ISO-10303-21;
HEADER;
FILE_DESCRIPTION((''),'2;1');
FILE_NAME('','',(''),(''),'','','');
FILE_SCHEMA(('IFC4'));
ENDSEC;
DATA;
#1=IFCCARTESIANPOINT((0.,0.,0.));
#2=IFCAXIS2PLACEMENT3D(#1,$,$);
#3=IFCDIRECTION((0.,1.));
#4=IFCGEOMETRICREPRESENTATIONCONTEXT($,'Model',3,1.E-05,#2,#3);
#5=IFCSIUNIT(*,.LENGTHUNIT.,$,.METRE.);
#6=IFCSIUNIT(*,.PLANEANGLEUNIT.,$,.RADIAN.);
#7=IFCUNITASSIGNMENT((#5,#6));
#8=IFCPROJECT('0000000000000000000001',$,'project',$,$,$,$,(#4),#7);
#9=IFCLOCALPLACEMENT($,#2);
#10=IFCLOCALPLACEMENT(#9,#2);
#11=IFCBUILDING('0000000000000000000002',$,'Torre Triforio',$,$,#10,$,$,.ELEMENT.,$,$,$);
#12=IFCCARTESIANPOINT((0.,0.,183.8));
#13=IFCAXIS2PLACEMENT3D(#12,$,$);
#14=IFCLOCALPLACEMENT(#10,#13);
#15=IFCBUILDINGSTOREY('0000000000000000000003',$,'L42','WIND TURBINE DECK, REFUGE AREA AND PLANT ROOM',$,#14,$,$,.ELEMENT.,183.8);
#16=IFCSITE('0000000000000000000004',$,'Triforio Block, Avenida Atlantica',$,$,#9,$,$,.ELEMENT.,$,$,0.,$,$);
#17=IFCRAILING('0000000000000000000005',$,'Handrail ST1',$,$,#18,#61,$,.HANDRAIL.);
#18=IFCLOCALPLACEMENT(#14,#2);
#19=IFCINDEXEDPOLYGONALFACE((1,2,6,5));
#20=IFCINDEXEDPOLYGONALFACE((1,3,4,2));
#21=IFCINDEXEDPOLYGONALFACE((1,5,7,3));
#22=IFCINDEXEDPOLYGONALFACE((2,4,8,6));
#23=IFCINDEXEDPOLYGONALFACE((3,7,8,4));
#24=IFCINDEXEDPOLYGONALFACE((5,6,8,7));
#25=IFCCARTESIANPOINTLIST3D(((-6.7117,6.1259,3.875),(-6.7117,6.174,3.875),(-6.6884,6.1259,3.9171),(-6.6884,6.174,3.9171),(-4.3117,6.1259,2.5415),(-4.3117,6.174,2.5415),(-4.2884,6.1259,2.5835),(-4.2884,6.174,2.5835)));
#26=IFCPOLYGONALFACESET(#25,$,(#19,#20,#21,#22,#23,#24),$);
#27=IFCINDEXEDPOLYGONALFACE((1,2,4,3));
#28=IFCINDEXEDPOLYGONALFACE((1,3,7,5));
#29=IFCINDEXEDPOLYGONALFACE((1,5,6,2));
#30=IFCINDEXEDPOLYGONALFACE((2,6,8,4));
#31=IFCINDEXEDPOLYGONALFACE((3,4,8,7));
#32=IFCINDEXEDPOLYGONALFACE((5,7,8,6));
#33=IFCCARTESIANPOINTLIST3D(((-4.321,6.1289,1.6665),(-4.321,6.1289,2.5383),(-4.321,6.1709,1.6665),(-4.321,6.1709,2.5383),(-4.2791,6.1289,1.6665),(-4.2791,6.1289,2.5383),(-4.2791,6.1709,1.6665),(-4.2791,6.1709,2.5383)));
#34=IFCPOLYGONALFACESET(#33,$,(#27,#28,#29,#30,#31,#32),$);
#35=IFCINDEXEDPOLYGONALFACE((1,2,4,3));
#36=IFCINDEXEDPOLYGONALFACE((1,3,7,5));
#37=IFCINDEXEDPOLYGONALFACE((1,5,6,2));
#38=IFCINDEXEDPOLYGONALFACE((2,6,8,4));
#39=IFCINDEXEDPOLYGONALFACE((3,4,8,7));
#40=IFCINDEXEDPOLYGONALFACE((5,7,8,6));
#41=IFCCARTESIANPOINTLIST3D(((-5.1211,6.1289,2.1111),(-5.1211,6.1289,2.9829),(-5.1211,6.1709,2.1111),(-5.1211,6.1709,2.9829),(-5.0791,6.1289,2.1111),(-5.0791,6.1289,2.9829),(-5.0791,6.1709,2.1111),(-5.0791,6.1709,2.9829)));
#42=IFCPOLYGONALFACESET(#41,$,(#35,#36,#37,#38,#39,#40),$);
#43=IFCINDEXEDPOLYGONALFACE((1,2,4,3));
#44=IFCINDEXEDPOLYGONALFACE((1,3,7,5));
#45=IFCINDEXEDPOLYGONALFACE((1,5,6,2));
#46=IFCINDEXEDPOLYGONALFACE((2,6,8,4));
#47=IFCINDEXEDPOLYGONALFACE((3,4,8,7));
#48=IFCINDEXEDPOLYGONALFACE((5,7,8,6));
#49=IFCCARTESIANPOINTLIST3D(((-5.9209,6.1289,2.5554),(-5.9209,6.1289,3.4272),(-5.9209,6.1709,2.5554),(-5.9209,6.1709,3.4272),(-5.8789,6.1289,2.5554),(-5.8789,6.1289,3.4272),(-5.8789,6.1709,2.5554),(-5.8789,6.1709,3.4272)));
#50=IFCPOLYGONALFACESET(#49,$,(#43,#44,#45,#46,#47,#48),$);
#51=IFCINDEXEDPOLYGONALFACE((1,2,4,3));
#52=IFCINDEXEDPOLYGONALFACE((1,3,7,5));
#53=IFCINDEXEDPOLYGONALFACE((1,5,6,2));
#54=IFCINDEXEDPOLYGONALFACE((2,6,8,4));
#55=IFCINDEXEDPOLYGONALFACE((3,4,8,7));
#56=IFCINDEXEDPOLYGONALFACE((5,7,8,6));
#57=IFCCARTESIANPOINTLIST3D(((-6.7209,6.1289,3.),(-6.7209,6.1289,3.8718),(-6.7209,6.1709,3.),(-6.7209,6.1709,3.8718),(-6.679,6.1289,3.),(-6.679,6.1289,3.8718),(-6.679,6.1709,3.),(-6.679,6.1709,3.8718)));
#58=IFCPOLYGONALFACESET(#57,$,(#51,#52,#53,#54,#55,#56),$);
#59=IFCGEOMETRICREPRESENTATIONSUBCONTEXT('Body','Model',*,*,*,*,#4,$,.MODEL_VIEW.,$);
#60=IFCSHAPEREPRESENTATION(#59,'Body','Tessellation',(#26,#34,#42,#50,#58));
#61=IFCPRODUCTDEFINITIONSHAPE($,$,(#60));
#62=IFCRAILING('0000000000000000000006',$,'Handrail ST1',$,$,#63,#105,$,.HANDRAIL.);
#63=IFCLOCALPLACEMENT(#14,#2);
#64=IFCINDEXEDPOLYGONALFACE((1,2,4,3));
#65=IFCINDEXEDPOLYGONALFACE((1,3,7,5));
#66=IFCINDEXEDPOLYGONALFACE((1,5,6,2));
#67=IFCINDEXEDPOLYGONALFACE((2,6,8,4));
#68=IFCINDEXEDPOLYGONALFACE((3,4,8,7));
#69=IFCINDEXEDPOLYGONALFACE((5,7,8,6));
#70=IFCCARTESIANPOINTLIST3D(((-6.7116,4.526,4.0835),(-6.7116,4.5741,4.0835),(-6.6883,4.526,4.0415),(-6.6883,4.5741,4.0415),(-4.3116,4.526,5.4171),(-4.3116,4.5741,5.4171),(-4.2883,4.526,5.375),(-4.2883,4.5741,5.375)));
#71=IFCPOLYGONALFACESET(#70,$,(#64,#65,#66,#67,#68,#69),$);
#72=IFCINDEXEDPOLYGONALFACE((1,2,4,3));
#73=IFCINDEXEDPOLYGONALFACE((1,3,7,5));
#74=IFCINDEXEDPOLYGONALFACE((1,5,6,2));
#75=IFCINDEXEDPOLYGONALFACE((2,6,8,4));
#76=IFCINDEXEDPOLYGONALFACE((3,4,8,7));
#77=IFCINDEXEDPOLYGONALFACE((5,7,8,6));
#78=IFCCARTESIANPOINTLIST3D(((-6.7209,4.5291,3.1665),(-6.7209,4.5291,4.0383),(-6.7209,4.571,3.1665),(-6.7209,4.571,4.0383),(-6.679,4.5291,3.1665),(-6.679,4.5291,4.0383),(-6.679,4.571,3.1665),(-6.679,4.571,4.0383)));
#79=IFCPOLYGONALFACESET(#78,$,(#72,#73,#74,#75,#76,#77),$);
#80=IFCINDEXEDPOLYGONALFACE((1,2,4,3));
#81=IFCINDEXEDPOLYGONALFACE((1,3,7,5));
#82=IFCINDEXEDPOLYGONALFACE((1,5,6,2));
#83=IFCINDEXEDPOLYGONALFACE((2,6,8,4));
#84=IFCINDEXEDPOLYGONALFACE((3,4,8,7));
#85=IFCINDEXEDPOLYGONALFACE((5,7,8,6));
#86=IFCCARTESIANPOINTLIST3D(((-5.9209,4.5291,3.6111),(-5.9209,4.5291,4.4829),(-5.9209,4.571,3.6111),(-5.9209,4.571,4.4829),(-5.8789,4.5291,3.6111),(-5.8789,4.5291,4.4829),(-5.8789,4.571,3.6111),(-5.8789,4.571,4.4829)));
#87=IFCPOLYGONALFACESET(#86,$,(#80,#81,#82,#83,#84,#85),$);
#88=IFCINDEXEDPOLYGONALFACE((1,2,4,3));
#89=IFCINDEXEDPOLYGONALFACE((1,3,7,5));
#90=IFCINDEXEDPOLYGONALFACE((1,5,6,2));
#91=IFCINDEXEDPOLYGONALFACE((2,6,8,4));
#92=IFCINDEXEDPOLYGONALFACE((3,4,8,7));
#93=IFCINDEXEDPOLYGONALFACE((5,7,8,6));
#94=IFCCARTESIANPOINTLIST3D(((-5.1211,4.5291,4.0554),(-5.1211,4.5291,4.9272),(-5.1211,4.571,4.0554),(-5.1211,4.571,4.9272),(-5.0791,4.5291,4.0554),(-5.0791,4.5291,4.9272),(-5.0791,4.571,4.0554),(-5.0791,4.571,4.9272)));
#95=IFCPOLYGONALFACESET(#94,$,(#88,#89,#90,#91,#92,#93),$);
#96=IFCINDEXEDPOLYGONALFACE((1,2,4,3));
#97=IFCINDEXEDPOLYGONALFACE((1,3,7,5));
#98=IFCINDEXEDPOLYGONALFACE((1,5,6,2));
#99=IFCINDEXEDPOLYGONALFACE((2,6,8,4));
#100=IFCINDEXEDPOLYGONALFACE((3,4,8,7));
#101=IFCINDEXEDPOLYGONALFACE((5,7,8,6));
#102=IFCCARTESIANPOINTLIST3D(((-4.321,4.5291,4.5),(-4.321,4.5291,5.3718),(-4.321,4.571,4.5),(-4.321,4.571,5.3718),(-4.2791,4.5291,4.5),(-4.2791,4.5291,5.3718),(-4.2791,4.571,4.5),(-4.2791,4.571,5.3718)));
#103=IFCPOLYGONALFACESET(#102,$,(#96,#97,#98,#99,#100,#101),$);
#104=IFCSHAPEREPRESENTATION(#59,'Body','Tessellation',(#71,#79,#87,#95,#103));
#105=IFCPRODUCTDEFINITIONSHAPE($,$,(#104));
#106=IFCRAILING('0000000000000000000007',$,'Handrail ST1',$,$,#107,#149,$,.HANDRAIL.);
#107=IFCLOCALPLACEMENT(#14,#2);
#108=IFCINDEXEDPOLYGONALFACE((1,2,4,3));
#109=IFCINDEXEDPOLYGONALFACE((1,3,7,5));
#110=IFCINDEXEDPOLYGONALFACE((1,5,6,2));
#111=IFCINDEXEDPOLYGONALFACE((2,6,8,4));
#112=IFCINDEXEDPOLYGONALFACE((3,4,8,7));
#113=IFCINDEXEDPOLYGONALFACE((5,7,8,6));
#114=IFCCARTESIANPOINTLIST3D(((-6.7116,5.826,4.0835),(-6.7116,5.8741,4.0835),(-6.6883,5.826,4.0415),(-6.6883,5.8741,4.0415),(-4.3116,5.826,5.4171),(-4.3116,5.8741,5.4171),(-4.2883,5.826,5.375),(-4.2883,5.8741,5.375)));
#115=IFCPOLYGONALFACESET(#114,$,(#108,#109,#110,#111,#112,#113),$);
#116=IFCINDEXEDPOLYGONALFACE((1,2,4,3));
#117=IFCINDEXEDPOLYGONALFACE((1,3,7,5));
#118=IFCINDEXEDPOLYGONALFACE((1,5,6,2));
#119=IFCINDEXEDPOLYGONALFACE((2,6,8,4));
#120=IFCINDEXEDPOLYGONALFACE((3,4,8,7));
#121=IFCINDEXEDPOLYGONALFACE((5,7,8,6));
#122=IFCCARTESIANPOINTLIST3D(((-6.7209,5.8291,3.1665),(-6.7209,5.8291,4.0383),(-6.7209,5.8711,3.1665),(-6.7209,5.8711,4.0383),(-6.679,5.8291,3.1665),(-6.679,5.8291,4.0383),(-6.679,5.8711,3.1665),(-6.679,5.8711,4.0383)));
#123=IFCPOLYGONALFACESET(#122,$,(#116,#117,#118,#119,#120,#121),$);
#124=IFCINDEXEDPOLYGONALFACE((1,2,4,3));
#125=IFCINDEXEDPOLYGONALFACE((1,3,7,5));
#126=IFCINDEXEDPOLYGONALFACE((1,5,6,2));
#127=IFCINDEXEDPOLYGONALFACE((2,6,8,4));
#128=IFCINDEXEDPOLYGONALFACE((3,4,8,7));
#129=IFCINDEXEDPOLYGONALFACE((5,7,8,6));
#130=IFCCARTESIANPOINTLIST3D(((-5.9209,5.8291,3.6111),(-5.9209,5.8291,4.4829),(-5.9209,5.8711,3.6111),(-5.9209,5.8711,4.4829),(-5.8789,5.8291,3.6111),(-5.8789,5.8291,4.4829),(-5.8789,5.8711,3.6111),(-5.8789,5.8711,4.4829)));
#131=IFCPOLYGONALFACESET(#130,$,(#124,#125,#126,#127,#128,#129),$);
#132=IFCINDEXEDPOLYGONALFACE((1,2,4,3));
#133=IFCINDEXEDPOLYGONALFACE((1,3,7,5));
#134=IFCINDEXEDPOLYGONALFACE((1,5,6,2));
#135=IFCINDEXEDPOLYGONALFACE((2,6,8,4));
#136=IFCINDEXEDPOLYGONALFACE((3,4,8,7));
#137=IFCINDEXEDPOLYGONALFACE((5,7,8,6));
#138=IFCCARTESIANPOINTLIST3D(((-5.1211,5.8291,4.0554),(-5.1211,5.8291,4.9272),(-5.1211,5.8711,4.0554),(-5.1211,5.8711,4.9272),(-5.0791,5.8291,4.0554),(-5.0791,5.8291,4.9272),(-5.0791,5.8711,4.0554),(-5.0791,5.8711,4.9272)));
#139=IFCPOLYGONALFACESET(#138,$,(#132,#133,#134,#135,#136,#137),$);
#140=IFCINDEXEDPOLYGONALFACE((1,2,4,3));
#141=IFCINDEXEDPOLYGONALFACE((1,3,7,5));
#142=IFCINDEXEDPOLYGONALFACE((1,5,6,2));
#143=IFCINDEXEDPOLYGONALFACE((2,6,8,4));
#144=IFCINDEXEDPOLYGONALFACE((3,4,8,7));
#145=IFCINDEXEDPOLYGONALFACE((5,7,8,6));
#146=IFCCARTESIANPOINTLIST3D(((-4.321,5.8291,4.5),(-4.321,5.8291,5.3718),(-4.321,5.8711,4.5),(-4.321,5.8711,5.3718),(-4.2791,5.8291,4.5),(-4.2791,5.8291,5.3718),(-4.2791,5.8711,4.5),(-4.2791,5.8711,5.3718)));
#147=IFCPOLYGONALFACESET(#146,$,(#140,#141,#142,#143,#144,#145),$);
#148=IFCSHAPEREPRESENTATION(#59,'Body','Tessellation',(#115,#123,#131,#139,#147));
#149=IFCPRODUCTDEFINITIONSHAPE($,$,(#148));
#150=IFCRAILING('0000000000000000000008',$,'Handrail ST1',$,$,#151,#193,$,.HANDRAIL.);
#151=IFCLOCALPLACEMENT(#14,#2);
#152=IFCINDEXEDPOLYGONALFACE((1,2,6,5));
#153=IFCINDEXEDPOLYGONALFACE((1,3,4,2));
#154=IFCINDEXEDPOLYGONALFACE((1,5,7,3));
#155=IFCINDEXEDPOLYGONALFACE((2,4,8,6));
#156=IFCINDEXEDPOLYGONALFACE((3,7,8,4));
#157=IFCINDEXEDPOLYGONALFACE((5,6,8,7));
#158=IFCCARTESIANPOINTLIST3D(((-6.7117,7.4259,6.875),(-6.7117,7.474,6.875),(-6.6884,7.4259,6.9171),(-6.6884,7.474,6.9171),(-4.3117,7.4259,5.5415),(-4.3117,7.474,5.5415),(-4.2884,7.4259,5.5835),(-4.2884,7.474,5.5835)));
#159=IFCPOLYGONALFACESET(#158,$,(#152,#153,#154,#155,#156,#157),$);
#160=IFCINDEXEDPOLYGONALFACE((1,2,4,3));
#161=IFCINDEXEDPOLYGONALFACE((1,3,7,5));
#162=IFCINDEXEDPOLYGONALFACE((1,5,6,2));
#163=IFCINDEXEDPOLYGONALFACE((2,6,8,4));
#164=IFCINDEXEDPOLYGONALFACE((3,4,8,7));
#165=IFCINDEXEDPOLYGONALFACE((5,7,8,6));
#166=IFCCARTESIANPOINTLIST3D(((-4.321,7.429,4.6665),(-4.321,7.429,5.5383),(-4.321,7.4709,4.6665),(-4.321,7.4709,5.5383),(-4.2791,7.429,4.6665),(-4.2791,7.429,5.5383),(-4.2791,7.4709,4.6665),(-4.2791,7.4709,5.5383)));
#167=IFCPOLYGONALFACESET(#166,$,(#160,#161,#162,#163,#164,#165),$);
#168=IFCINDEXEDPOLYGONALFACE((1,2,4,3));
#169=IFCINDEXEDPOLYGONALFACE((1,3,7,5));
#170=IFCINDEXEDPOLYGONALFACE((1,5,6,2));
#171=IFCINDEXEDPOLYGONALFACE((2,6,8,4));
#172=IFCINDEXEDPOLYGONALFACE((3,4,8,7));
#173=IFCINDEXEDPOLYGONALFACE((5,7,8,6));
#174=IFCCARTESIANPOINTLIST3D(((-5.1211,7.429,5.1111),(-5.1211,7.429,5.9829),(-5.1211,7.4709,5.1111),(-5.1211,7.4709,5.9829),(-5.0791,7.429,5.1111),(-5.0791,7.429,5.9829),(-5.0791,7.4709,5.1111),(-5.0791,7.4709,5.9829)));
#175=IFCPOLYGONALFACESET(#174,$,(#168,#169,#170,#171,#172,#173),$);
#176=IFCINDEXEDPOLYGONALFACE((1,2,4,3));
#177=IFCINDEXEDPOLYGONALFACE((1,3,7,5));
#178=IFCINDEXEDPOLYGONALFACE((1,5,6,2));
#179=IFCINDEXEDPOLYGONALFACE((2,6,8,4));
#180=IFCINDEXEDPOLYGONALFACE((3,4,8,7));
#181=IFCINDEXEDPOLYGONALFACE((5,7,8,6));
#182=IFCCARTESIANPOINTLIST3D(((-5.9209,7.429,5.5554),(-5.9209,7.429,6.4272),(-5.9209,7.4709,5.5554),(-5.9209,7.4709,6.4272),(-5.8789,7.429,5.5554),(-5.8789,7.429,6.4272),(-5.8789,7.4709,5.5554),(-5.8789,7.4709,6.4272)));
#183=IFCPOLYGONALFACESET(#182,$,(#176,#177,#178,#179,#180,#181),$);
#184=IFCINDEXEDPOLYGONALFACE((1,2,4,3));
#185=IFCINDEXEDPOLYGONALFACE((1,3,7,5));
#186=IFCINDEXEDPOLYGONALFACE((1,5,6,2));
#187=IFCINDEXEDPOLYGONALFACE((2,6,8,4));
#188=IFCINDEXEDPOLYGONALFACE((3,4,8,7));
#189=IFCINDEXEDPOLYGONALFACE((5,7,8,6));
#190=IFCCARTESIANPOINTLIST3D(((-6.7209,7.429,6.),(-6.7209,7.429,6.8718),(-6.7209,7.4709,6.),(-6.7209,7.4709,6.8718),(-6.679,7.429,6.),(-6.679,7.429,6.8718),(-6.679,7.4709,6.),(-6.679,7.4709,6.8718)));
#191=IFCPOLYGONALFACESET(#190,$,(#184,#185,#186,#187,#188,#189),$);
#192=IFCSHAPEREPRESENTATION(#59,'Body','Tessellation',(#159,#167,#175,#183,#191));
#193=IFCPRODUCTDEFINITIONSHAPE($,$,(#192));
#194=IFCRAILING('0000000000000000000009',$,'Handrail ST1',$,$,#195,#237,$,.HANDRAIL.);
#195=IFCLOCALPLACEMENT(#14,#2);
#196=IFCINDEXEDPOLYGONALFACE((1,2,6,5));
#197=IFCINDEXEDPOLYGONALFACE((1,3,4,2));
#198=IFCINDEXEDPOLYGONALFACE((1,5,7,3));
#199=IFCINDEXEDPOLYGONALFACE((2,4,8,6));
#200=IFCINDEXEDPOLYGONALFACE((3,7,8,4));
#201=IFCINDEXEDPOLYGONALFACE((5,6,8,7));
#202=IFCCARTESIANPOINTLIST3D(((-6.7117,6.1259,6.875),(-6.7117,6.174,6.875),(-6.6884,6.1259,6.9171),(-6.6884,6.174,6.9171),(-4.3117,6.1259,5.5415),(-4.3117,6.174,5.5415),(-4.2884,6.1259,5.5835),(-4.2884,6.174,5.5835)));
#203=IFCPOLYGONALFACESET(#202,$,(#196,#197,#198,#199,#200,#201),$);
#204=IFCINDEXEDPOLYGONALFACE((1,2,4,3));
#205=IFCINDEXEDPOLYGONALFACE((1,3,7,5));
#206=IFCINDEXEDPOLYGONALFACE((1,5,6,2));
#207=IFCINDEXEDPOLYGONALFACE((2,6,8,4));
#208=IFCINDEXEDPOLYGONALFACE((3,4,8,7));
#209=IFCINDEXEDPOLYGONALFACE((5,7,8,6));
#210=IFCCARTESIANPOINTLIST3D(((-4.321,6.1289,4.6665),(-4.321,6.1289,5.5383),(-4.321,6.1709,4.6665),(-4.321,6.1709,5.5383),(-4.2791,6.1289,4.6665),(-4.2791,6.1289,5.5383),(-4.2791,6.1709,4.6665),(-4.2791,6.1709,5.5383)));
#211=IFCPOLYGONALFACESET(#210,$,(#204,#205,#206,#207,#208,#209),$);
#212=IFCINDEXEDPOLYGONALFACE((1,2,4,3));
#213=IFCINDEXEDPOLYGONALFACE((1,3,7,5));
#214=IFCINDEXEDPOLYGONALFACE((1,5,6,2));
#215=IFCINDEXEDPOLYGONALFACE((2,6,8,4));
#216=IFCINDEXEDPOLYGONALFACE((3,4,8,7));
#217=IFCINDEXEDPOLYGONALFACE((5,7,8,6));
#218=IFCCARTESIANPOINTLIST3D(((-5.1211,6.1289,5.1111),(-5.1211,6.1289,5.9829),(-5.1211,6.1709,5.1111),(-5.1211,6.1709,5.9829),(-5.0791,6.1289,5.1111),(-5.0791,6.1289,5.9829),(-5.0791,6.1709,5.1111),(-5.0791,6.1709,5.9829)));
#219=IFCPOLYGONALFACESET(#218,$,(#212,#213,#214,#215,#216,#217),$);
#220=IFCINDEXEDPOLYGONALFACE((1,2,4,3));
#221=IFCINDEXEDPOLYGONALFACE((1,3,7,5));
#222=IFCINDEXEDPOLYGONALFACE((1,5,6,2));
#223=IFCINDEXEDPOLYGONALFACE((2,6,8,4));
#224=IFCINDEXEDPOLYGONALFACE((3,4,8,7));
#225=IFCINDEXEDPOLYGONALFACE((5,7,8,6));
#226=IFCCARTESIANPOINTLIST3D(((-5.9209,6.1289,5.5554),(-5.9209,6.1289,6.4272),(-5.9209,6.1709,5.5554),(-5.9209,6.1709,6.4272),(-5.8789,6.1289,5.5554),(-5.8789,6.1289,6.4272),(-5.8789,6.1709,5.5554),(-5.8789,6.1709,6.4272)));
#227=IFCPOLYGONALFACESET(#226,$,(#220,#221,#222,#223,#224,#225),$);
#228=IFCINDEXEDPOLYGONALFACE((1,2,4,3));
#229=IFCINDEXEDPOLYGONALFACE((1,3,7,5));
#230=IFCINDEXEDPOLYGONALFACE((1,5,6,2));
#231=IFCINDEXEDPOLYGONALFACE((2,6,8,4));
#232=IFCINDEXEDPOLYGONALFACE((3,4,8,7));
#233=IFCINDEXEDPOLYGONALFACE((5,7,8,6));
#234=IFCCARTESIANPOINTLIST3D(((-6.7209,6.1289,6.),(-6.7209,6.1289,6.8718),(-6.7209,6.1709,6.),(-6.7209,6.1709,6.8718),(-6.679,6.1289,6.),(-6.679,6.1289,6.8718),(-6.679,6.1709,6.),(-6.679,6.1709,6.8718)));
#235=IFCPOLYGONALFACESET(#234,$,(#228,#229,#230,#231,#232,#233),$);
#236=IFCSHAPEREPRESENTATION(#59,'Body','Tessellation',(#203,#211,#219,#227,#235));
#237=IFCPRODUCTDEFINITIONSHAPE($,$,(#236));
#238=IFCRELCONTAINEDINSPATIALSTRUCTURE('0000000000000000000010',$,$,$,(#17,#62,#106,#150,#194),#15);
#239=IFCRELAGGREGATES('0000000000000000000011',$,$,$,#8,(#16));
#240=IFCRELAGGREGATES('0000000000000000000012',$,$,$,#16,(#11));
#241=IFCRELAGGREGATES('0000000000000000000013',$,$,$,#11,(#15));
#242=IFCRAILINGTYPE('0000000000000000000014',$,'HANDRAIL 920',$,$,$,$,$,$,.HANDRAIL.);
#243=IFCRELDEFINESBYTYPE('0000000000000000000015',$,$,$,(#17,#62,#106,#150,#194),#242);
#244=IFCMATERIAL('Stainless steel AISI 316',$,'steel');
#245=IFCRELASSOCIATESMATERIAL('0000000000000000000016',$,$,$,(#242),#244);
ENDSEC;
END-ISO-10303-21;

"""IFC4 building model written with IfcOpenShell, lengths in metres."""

from ifc_helpers import new_model, si_unit, direction, frame, origin, origin_2d, place, context, subcontext, project, spatial, rectangle, extrude, material, type_object, element, save


model = new_model("IFC4")

# Units and contexts
model_context = context("Model", 3, precision=1e-05, world=origin(), true_north=direction((0.0, 1.0)))
body_context = subcontext(model_context, "Body", "Model", "MODEL_VIEW")
ifc_project = project(units=[si_unit("LENGTHUNIT", "METRE"), si_unit("PLANEANGLEUNIT", "RADIAN")], contexts=[model_context])

# Site, building, storey
site_placement = place(None, origin())
site = spatial("IfcSite", under=ifc_project, at=site_placement, Name="Triforio Block, Avenida Atlantica", CompositionType="ELEMENT", RefElevation=0.0)
building_placement = place(site_placement, origin())
building = spatial("IfcBuilding", under=site, at=building_placement, Name="Torre Triforio", CompositionType="ELEMENT")
storey_placement = place(building_placement, frame((0.0, 0.0, 183.8)))
storey = spatial("IfcBuildingStorey", under=building, at=storey_placement, Name="L42", Description="WIND TURBINE DECK, REFUGE AREA AND PLANT ROOM", CompositionType="ELEMENT", Elevation=183.8)

# Railings
ifc_material_1 = material(Name="Stainless steel AISI 316", Category="steel")
railing_type = type_object("IfcRailingType", Name="HANDRAIL 920", PredefinedType="HANDRAIL", material=ifc_material_1)
for number, where, name in (
    (1, (-4.3, 6.1499, 1.6665), "Handrail ST1"),
):
    element("IfcRailing", number, at=place(storey_placement, frame(where)), inside=storey, type_object=railing_type, Name=name, PredefinedType="HANDRAIL", context=body_context, shape_type="SweptSolid", body=[
        extrude(rectangle(XDim=0.0481, YDim=0.0481, at=origin_2d()), frame((0.0, 0.0, 0.896), z_axis=(-0.874124, 0.0, 0.485703), x_axis=(0.0, -1.0, 0.0)), (0.0, 0.0, 1.0), 2.7456),
        extrude(rectangle(XDim=0.042, YDim=0.042, at=origin_2d()), origin(), (0.0, 0.0, 1.0), 0.8718),
        extrude(rectangle(XDim=0.042, YDim=0.042, at=origin_2d()), frame((-0.8, 0.0, 0.4446)), (0.0, 0.0, 1.0), 0.8718),
        extrude(rectangle(XDim=0.042, YDim=0.042, at=origin_2d()), frame((-1.5999, 0.0, 0.8889)), (0.0, 0.0, 1.0), 0.8718),
        extrude(rectangle(XDim=0.042, YDim=0.042, at=origin_2d()), frame((-2.3999, 0.0, 1.3335)), (0.0, 0.0, 1.0), 0.8718),
    ])
for number, where, name in (
    (2, (-6.7, 4.55, 3.1665), "Handrail ST1"),
    (3, (-6.7, 5.8501, 3.1665), "Handrail ST1"),
):
    element("IfcRailing", number, at=place(storey_placement, frame(where)), inside=storey, type_object=railing_type, Name=name, PredefinedType="HANDRAIL", context=body_context, shape_type="SweptSolid", body=[
        extrude(rectangle(XDim=0.0481, YDim=0.0481, at=origin_2d()), frame((0.0, 0.0, 0.896), z_axis=(0.874124, 0.0, 0.485703), x_axis=(0.0, 1.0, 0.0)), (0.0, 0.0, 1.0), 2.7456),
        extrude(rectangle(XDim=0.042, YDim=0.042, at=origin_2d()), origin(), (0.0, 0.0, 1.0), 0.8718),
        extrude(rectangle(XDim=0.042, YDim=0.042, at=origin_2d()), frame((0.8, 0.0, 0.4446)), (0.0, 0.0, 1.0), 0.8718),
        extrude(rectangle(XDim=0.042, YDim=0.042, at=origin_2d()), frame((1.5999, 0.0, 0.8889)), (0.0, 0.0, 1.0), 0.8718),
        extrude(rectangle(XDim=0.042, YDim=0.042, at=origin_2d()), frame((2.3999, 0.0, 1.3335)), (0.0, 0.0, 1.0), 0.8718),
    ])
for number, where, name in (
    (4, (-4.3, 7.45, 4.6665), "Handrail ST1"),
    (5, (-4.3, 6.1499, 4.6665), "Handrail ST1"),
):
    element("IfcRailing", number, at=place(storey_placement, frame(where)), inside=storey, type_object=railing_type, Name=name, PredefinedType="HANDRAIL", context=body_context, shape_type="SweptSolid", body=[
        extrude(rectangle(XDim=0.0481, YDim=0.0481, at=origin_2d()), frame((0.0, 0.0, 0.896), z_axis=(-0.874124, 0.0, 0.485703), x_axis=(0.0, -1.0, 0.0)), (0.0, 0.0, 1.0), 2.7456),
        extrude(rectangle(XDim=0.042, YDim=0.042, at=origin_2d()), origin(), (0.0, 0.0, 1.0), 0.8718),
        extrude(rectangle(XDim=0.042, YDim=0.042, at=origin_2d()), frame((-0.8, 0.0, 0.4446)), (0.0, 0.0, 1.0), 0.8718),
        extrude(rectangle(XDim=0.042, YDim=0.042, at=origin_2d()), frame((-1.5999, 0.0, 0.8889)), (0.0, 0.0, 1.0), 0.8718),
        extrude(rectangle(XDim=0.042, YDim=0.042, at=origin_2d()), frame((-2.3999, 0.0, 1.3335)), (0.0, 0.0, 1.0), 0.8718),
    ])

save(model, "model.ifc")
